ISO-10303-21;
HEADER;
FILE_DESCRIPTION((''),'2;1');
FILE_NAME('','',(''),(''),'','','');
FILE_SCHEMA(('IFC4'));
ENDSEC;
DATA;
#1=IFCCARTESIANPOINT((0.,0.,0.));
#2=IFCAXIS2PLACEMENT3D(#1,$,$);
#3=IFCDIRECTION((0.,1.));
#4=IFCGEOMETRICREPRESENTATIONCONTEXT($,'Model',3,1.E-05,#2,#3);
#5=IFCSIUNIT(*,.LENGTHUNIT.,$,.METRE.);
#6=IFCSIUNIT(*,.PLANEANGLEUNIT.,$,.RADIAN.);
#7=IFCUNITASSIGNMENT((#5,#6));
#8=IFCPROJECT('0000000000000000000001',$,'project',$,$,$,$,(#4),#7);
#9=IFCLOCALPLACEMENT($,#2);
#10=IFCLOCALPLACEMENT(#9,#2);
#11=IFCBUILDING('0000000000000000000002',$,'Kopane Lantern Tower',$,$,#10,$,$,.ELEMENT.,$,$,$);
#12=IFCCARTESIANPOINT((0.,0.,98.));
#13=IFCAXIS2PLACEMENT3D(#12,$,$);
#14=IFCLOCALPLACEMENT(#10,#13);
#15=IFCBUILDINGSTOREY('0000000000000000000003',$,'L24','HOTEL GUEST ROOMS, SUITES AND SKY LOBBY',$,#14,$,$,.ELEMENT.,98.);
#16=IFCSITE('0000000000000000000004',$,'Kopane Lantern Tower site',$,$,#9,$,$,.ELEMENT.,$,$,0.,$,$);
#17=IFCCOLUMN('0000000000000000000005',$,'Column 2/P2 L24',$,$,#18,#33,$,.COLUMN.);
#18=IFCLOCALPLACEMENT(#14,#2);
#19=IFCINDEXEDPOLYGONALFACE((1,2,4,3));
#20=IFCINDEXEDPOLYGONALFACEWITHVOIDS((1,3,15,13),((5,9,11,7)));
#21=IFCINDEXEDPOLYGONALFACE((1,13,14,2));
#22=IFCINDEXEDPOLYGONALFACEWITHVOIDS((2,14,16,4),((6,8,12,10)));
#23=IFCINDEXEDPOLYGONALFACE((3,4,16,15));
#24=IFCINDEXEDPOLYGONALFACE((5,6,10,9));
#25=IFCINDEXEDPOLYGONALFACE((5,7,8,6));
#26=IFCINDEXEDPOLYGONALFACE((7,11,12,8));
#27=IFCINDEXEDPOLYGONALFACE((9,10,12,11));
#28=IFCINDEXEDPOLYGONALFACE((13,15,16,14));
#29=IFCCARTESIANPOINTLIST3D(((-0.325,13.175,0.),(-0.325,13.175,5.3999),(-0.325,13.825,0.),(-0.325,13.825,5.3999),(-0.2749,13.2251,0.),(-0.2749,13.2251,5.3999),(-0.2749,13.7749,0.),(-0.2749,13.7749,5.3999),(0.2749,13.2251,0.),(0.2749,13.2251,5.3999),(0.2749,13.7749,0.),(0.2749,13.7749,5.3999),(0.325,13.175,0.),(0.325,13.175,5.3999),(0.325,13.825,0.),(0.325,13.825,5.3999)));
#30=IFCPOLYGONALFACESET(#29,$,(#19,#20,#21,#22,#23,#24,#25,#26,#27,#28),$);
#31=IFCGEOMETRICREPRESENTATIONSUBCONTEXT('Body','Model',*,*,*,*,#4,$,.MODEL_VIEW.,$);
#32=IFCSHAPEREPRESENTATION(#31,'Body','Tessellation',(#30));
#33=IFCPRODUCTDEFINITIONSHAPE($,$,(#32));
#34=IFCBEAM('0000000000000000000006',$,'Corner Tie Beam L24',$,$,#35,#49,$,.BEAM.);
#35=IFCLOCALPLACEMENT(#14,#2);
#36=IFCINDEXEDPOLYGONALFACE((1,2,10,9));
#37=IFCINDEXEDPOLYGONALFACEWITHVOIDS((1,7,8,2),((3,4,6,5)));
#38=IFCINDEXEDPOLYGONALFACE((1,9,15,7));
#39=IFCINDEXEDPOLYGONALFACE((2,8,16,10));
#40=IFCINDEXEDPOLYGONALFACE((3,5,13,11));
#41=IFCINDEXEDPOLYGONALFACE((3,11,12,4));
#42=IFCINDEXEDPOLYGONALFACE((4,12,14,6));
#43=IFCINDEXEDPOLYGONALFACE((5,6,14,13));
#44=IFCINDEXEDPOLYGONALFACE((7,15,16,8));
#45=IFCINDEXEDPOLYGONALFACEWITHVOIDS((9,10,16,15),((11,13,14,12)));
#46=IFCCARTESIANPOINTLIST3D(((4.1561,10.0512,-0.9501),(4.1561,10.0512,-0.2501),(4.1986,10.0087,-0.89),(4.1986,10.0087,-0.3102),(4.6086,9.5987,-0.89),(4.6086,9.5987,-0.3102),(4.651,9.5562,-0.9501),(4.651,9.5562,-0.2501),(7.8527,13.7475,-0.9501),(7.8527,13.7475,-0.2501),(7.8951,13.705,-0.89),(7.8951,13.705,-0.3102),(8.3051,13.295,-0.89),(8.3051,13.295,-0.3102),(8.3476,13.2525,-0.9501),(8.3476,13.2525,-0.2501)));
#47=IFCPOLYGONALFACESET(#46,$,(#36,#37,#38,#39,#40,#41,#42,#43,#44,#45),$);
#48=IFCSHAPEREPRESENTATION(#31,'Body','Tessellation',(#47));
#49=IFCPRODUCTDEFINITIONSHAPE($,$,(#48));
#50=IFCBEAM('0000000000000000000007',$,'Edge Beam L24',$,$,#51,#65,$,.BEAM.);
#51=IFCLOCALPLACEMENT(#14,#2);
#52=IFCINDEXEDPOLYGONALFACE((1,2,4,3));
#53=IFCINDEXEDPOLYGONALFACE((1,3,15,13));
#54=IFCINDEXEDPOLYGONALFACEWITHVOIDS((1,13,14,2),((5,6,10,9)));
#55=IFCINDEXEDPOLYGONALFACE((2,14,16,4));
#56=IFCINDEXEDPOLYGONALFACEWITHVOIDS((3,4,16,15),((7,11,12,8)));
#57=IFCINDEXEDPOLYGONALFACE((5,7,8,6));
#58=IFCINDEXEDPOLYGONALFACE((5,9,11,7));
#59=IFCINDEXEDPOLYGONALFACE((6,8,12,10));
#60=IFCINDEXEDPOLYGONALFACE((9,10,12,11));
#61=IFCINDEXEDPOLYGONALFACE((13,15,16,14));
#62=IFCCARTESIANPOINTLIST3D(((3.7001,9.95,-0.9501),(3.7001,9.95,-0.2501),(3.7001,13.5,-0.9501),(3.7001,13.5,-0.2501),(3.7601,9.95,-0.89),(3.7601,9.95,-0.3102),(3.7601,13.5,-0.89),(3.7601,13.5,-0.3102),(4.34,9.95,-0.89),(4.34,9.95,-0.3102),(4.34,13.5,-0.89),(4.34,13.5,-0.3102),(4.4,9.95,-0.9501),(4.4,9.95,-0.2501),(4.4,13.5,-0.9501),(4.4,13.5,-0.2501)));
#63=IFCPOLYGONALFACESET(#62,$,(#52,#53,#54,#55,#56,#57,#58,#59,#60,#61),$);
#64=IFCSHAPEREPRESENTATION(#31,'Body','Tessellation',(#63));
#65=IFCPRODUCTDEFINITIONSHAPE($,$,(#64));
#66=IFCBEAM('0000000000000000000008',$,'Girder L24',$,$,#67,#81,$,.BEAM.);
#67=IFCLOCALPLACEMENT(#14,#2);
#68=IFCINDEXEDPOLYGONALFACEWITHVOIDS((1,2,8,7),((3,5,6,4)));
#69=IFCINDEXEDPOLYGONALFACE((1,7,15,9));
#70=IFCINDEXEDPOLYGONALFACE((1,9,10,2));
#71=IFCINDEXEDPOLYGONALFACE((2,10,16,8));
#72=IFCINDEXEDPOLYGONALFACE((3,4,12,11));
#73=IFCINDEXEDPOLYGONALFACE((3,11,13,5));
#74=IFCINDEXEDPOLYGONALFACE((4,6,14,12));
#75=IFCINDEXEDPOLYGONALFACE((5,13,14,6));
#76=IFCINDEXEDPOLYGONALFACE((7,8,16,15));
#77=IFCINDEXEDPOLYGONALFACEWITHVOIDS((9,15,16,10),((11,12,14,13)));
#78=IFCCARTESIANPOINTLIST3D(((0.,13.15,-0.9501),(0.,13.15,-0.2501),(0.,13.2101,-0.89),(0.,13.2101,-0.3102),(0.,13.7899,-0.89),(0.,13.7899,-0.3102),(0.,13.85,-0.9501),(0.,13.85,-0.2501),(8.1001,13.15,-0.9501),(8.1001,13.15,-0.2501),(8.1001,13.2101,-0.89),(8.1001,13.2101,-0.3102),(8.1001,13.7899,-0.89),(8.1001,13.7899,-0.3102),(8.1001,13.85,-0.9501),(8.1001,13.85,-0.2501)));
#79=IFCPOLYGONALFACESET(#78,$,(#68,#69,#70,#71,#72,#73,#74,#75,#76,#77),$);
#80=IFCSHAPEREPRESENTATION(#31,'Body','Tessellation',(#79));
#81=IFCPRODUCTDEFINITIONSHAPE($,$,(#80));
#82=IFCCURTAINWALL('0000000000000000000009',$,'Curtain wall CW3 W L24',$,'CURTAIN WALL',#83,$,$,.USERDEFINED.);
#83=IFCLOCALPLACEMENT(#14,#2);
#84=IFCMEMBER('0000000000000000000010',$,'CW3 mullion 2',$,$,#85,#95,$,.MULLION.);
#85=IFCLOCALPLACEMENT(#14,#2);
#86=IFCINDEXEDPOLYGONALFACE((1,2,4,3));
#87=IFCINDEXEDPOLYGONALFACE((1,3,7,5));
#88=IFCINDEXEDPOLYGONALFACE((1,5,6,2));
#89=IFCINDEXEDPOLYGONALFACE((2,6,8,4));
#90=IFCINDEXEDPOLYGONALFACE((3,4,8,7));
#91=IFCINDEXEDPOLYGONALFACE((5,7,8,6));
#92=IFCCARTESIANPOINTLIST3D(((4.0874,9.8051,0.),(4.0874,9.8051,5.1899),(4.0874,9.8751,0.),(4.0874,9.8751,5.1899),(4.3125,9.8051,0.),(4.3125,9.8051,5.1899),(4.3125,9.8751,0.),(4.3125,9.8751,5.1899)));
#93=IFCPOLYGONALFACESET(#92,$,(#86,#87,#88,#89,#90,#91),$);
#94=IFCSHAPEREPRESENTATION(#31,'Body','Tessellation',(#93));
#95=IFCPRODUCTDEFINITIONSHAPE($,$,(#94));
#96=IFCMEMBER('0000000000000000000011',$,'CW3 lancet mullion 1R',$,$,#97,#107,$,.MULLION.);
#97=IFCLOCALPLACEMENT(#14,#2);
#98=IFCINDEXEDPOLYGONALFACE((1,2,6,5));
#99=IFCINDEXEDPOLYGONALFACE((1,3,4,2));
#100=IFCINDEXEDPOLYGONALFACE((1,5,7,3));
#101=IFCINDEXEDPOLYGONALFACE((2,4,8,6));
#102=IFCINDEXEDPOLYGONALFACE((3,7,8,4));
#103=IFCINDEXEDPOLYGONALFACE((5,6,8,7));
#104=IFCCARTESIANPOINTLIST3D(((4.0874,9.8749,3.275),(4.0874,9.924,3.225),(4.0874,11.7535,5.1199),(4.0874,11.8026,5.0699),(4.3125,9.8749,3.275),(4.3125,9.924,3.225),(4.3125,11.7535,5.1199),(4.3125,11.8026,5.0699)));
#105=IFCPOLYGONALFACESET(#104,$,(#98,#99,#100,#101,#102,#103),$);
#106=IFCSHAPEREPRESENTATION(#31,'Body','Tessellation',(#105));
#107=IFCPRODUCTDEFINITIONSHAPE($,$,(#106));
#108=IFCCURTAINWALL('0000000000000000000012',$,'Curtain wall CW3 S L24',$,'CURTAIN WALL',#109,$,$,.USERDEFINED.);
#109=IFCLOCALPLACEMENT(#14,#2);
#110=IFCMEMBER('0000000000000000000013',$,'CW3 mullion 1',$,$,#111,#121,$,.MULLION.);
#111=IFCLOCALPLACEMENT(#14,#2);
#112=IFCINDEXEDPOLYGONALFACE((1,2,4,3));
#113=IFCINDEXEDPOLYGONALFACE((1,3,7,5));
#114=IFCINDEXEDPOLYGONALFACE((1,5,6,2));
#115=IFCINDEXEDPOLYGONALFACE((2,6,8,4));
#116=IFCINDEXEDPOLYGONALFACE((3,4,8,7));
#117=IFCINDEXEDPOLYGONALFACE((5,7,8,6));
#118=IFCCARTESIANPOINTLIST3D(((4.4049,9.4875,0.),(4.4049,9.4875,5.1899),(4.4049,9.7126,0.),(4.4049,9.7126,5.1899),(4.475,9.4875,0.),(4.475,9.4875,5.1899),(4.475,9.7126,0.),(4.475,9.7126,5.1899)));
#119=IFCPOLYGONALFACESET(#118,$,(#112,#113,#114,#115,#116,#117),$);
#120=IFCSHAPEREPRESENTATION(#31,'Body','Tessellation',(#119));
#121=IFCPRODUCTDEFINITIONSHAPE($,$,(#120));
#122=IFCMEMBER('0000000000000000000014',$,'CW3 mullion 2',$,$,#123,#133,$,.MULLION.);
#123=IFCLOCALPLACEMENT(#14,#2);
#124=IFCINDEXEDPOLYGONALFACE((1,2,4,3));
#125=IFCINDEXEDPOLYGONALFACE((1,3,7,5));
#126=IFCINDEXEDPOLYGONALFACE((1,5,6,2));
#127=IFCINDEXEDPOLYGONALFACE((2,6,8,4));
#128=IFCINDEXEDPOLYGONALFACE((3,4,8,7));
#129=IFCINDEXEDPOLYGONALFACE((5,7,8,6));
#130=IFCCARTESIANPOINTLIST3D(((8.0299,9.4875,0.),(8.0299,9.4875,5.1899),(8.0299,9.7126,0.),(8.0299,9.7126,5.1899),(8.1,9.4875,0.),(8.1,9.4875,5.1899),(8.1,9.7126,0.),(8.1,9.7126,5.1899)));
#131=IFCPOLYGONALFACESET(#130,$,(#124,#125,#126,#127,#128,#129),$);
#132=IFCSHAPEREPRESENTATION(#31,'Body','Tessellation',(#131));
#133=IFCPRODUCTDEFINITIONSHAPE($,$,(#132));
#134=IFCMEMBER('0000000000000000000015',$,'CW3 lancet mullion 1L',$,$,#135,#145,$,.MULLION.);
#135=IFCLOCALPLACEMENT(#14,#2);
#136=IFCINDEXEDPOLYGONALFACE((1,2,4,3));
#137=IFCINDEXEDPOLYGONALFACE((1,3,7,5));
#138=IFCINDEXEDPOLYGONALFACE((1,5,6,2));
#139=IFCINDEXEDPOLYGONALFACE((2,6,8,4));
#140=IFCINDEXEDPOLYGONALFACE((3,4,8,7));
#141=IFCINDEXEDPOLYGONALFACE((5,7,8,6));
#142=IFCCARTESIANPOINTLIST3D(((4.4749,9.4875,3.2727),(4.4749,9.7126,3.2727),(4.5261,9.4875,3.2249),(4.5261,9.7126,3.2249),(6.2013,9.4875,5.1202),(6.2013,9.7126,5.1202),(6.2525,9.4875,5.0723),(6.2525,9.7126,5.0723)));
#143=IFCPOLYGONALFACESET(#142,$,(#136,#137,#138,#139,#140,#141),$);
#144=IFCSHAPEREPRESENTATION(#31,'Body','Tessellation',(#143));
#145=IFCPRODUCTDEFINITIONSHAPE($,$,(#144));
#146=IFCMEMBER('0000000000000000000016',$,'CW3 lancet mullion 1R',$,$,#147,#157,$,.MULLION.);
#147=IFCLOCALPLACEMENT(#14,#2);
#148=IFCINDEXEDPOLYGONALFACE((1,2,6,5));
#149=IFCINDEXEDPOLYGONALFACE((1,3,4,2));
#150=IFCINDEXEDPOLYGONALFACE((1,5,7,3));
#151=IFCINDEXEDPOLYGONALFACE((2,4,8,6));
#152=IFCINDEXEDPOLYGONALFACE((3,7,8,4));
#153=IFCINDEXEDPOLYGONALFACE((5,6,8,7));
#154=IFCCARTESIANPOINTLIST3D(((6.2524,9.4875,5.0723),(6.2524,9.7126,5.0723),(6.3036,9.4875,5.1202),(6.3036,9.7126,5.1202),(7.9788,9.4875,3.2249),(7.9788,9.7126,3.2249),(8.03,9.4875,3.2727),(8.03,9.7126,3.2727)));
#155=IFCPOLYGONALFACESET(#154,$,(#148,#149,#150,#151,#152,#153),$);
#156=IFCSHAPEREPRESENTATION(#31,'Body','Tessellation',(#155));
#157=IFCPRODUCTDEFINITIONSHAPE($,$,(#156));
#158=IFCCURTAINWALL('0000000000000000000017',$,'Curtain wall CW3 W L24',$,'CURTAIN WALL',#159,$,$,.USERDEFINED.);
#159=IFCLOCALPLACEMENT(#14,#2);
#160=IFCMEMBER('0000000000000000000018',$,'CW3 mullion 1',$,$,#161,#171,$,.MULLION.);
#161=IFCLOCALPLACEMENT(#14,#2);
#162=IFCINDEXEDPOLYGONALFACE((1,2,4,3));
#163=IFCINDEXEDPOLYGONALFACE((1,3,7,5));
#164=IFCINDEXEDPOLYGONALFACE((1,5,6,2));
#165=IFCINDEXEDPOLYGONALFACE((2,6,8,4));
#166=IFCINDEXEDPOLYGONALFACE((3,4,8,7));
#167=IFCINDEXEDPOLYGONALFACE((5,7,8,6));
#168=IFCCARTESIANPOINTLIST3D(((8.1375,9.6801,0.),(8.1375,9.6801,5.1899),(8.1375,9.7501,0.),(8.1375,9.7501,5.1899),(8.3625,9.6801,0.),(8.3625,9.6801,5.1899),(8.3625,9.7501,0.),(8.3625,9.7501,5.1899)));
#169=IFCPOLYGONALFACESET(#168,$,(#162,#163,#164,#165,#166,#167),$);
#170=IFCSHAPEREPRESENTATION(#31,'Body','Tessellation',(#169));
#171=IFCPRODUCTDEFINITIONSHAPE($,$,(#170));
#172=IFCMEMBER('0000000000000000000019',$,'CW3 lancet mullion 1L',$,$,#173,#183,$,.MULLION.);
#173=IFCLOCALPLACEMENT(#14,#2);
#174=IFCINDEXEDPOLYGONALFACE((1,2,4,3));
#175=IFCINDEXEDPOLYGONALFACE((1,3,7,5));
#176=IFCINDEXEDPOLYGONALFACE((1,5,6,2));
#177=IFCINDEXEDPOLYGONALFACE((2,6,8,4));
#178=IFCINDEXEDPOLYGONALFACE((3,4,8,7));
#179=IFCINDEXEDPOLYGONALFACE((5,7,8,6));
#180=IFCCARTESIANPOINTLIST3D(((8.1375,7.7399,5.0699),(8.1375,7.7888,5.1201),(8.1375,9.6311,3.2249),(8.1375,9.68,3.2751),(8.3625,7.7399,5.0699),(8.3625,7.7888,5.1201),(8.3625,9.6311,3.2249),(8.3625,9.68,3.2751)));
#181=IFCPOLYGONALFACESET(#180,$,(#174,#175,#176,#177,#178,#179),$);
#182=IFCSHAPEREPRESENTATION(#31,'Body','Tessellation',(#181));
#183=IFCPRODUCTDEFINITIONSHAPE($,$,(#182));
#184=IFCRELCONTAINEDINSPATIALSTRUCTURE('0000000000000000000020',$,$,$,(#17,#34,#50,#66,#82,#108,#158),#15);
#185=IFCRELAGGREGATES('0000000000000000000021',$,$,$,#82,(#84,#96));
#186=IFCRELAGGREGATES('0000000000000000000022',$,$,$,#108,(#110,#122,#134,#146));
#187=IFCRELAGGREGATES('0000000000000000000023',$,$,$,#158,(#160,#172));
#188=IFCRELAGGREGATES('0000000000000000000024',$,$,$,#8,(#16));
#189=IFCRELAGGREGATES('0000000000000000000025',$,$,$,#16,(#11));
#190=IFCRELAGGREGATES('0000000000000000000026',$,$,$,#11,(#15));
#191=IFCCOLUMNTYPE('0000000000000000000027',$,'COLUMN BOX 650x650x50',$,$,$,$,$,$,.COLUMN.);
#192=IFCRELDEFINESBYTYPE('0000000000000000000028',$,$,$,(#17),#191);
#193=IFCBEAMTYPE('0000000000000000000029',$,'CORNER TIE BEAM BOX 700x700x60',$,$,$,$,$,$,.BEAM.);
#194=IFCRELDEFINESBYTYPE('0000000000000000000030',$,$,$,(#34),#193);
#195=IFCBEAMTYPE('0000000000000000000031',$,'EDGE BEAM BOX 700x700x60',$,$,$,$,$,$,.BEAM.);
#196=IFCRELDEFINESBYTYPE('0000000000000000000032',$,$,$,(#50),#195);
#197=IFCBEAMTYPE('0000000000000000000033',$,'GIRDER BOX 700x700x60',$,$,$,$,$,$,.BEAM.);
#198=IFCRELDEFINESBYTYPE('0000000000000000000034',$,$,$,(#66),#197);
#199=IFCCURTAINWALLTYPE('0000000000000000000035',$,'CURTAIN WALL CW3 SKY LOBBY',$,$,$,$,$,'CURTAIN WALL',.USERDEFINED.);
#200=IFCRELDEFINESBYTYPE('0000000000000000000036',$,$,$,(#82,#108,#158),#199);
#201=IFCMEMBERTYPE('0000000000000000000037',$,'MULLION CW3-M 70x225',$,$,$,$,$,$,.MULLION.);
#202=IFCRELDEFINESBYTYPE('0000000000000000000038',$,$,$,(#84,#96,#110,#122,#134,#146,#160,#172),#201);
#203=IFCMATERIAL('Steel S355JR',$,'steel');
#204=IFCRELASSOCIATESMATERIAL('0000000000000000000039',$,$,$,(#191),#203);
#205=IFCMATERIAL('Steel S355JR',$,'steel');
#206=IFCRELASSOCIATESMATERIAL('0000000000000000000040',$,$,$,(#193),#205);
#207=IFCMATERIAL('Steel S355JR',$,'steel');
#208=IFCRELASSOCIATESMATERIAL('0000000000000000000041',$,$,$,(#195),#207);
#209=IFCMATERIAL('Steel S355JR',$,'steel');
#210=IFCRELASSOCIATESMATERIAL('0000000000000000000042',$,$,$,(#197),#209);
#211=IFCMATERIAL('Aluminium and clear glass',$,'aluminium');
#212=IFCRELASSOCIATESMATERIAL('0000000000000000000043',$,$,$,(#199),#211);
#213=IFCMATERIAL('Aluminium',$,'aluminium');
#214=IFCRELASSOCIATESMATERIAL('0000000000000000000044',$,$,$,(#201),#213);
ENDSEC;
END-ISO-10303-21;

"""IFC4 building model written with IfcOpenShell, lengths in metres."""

from ifc_helpers import new_model, si_unit, direction, frame, origin, origin_2d, place, context, subcontext, project, spatial, rectangle, hollow_rectangle, extrude, material, material_profile, profile_set, type_object, element, aggregate, save


model = new_model("IFC4")

# Units and contexts
model_context = context("Model", 3, precision=1e-05, world=origin(), true_north=direction((0.0, 1.0)))
body_context = subcontext(model_context, "Body", "Model", "MODEL_VIEW")
ifc_project = project(units=[si_unit("LENGTHUNIT", "METRE"), si_unit("PLANEANGLEUNIT", "RADIAN")], contexts=[model_context])

# Site, building, storey
site_placement = place(None, origin())
site = spatial("IfcSite", under=ifc_project, at=site_placement, Name="Kopane Lantern Tower site", CompositionType="ELEMENT", RefElevation=0.0)
building_placement = place(site_placement, origin())
building = spatial("IfcBuilding", under=site, at=building_placement, Name="Kopane Lantern Tower", CompositionType="ELEMENT")
storey_placement = place(building_placement, frame((0.0, 0.0, 98.0)))
storey = spatial("IfcBuildingStorey", under=building, at=storey_placement, Name="L24", Description="HOTEL GUEST ROOMS, SUITES AND SKY LOBBY", CompositionType="ELEMENT", Elevation=98.0)

# Column
ifc_material_1 = material(Name="Steel S355JR", Category="steel")
ifc_material_profile_1 = material_profile(ifc_material_1, hollow_rectangle(XDim=0.6499, YDim=0.6499, WallThickness=0.05, at=origin_2d()), Name="BOX 650x650x50")
ifc_profile_set_1 = profile_set([ifc_material_profile_1], Name="Steel S355JR")
column_type = type_object("IfcColumnType", Name="COLUMN BOX 650x650x50", PredefinedType="COLUMN", material=ifc_profile_set_1)
column_placement = place(storey_placement, frame((0.0, 13.5, 0.0), z_axis=(0.0, 0.0, 1.0), x_axis=(1.0, 0.0, 0.0)))
element("IfcColumn", 1, at=column_placement, inside=storey, type_object=column_type, Name="Column 2/P2 L24", PredefinedType="COLUMN", context=body_context, shape_type="SweptSolid", body=[
    extrude(hollow_rectangle(XDim=0.6499, YDim=0.6499, WallThickness=0.05, at=origin_2d()), origin(), (0.0, 0.0, 1.0), 5.3999),
])

# Beams
ifc_material_2 = material(Name="Steel S355JR", Category="steel")
ifc_material_profile_2 = material_profile(ifc_material_2, hollow_rectangle(XDim=0.7, YDim=0.7, WallThickness=0.0601, at=origin_2d()), Name="BOX 700x700x60")
ifc_profile_set_2 = profile_set([ifc_material_profile_2], Name="Steel S355JR")
beam_type_1 = type_object("IfcBeamType", Name="CORNER TIE BEAM BOX 700x700x60", PredefinedType="BEAM", material=ifc_profile_set_2)
beam_1_placement = place(storey_placement, frame((4.4036, 9.8037, -0.6001), z_axis=(0.70713, 0.707083, 0.0), x_axis=(-0.707083, 0.70713, 0.0)))
element("IfcBeam", 2, at=beam_1_placement, inside=storey, type_object=beam_type_1, Name="Corner Tie Beam L24", PredefinedType="BEAM", context=body_context, shape_type="SweptSolid", body=[
    extrude(hollow_rectangle(XDim=0.7, YDim=0.7, WallThickness=0.0601, at=origin_2d()), origin(), (0.0, 0.0, 1.0), 5.2275),
])
ifc_material_3 = material(Name="Steel S355JR", Category="steel")
ifc_material_profile_3 = material_profile(ifc_material_3, hollow_rectangle(XDim=0.7, YDim=0.7, WallThickness=0.0601, at=origin_2d()), Name="BOX 700x700x60")
ifc_profile_set_3 = profile_set([ifc_material_profile_3], Name="Steel S355JR")
beam_type_2 = type_object("IfcBeamType", Name="EDGE BEAM BOX 700x700x60", PredefinedType="BEAM", material=ifc_profile_set_3)
beam_2_placement = place(storey_placement, frame((4.05, 9.95, -0.6001), z_axis=(0.0, 1.0, 0.0), x_axis=(-1.0, 0.0, 0.0)))
element("IfcBeam", 3, at=beam_2_placement, inside=storey, type_object=beam_type_2, Name="Edge Beam L24", PredefinedType="BEAM", context=body_context, shape_type="SweptSolid", body=[
    extrude(hollow_rectangle(XDim=0.7, YDim=0.7, WallThickness=0.0601, at=origin_2d()), origin(), (0.0, 0.0, 1.0), 3.55),
])
ifc_material_4 = material(Name="Steel S355JR", Category="steel")
ifc_material_profile_4 = material_profile(ifc_material_4, hollow_rectangle(XDim=0.7, YDim=0.7, WallThickness=0.0601, at=origin_2d()), Name="BOX 700x700x60")
ifc_profile_set_4 = profile_set([ifc_material_profile_4], Name="Steel S355JR")
beam_type_3 = type_object("IfcBeamType", Name="GIRDER BOX 700x700x60", PredefinedType="BEAM", material=ifc_profile_set_4)
beam_3_placement = place(storey_placement, frame((0.0, 13.5, -0.6001), z_axis=(1.0, 0.0, 0.0), x_axis=(0.0, 1.0, 0.0)))
element("IfcBeam", 4, at=beam_3_placement, inside=storey, type_object=beam_type_3, Name="Girder L24", PredefinedType="BEAM", context=body_context, shape_type="SweptSolid", body=[
    extrude(hollow_rectangle(XDim=0.7, YDim=0.7, WallThickness=0.0601, at=origin_2d()), origin(), (0.0, 0.0, 1.0), 8.1001),
])

# Curtain walls, members
ifc_material_5 = material(Name="Aluminium and clear glass", Category="aluminium")
curtain_wall_type = type_object("IfcCurtainWallType", Name="CURTAIN WALL CW3 SKY LOBBY", ElementType="CURTAIN WALL", PredefinedType="USERDEFINED", material=ifc_material_5)
curtain_wall_1_placement = place(storey_placement, origin())
curtain_wall_1 = element("IfcCurtainWall", 5, at=curtain_wall_1_placement, inside=storey, type_object=curtain_wall_type, Name="Curtain wall CW3 W L24", ObjectType="CURTAIN WALL", PredefinedType="USERDEFINED")
ifc_material_6 = material(Name="Aluminium", Category="aluminium")
ifc_material_profile_5 = material_profile(ifc_material_6, rectangle(XDim=0.0701, YDim=0.2251, at=origin_2d()), Name="AL 70x225")
ifc_profile_set_5 = profile_set([ifc_material_profile_5], Name="Aluminium")
member_type_1 = type_object("IfcMemberType", Name="MULLION CW3-M 70x225", PredefinedType="MULLION", material=ifc_profile_set_5)
member_1_placement = place(storey_placement, frame((4.2, 9.8401, 0.0), z_axis=(0.0, 0.0, 1.0), x_axis=(0.0, -1.0, 0.0)))
member_1 = element("IfcMember", 6, at=member_1_placement, type_object=member_type_1, Name="CW3 mullion 2", PredefinedType="MULLION", context=body_context, shape_type="SweptSolid", body=[
    extrude(rectangle(XDim=0.0701, YDim=0.2251, at=origin_2d()), origin(), (0.0, 0.0, 1.0), 5.1899),
])
member_2_placement = place(storey_placement, frame((4.2, 9.8994, 3.25), z_axis=(0.0, 0.713475, 0.70068), x_axis=(0.0, -0.70068, 0.713475)))
member_2 = element("IfcMember", 7, at=member_2_placement, type_object=member_type_1, Name="CW3 lancet mullion 1R", PredefinedType="MULLION", context=body_context, shape_type="SweptSolid", body=[
    extrude(rectangle(XDim=0.0701, YDim=0.2251, at=origin_2d()), origin(), (0.0, 0.0, 1.0), 2.6331),
])
curtain_wall_2_placement = place(storey_placement, origin())
curtain_wall_2 = element("IfcCurtainWall", 8, at=curtain_wall_2_placement, inside=storey, type_object=curtain_wall_type, Name="Curtain wall CW3 S L24", ObjectType="CURTAIN WALL", PredefinedType="USERDEFINED")
member_3_placement = place(storey_placement, frame((4.4399, 9.6001, 0.0), z_axis=(0.0, 0.0, 1.0), x_axis=(1.0, 0.0, 0.0)))
member_3 = element("IfcMember", 9, at=member_3_placement, type_object=member_type_1, Name="CW3 mullion 1", PredefinedType="MULLION", context=body_context, shape_type="SweptSolid", body=[
    extrude(rectangle(XDim=0.0701, YDim=0.2251, at=origin_2d()), origin(), (0.0, 0.0, 1.0), 5.1899),
])
member_4_placement = place(storey_placement, frame((8.0649, 9.6001, 0.0), z_axis=(0.0, 0.0, 1.0), x_axis=(1.0, 0.0, 0.0)))
member_4 = element("IfcMember", 10, at=member_4_placement, type_object=member_type_1, Name="CW3 mullion 2", PredefinedType="MULLION", context=body_context, shape_type="SweptSolid", body=[
    extrude(rectangle(XDim=0.0701, YDim=0.2251, at=origin_2d()), origin(), (0.0, 0.0, 1.0), 5.1899),
])
member_5_placement = place(storey_placement, frame((4.5005, 9.6001, 3.2488), z_axis=(0.682755, 0.0, 0.730647), x_axis=(-0.730647, 0.0, 0.682755)))
member_5 = element("IfcMember", 11, at=member_5_placement, type_object=member_type_1, Name="CW3 lancet mullion 1L", PredefinedType="MULLION", context=body_context, shape_type="SweptSolid", body=[
    extrude(rectangle(XDim=0.0701, YDim=0.2251, at=origin_2d()), origin(), (0.0, 0.0, 1.0), 2.5286),
])
member_6_placement = place(storey_placement, frame((8.0044, 9.6001, 3.2488), z_axis=(-0.682755, 0.0, 0.730647), x_axis=(0.730647, 0.0, 0.682755)))
member_6 = element("IfcMember", 12, at=member_6_placement, type_object=member_type_1, Name="CW3 lancet mullion 1R", PredefinedType="MULLION", context=body_context, shape_type="SweptSolid", body=[
    extrude(rectangle(XDim=0.0701, YDim=0.2251, at=origin_2d()), origin(), (0.0, 0.0, 1.0), 2.5286),
])
curtain_wall_3_placement = place(storey_placement, origin())
curtain_wall_3 = element("IfcCurtainWall", 13, at=curtain_wall_3_placement, inside=storey, type_object=curtain_wall_type, Name="Curtain wall CW3 W L24", ObjectType="CURTAIN WALL", PredefinedType="USERDEFINED")
member_7_placement = place(storey_placement, frame((8.25, 9.7151, 0.0), z_axis=(0.0, 0.0, 1.0), x_axis=(0.0, -1.0, 0.0)))
member_7 = element("IfcMember", 14, at=member_7_placement, type_object=member_type_1, Name="CW3 mullion 1", PredefinedType="MULLION", context=body_context, shape_type="SweptSolid", body=[
    extrude(rectangle(XDim=0.0701, YDim=0.2251, at=origin_2d()), origin(), (0.0, 0.0, 1.0), 5.1899),
])
member_8_placement = place(storey_placement, frame((8.25, 9.6555, 3.25), z_axis=(0.0, -0.715785, 0.69832), x_axis=(0.0, 0.69832, 0.715785)))
member_8 = element("IfcMember", 15, at=member_8_placement, type_object=member_type_1, Name="CW3 lancet mullion 1L", PredefinedType="MULLION", context=body_context, shape_type="SweptSolid", body=[
    extrude(rectangle(XDim=0.0701, YDim=0.2251, at=origin_2d()), origin(), (0.0, 0.0, 1.0), 2.6421),
])

aggregate(curtain_wall_1, [member_1, member_2])
aggregate(curtain_wall_2, [member_3, member_4, member_5, member_6])
aggregate(curtain_wall_3, [member_7, member_8])

save(model, "model.ifc")
